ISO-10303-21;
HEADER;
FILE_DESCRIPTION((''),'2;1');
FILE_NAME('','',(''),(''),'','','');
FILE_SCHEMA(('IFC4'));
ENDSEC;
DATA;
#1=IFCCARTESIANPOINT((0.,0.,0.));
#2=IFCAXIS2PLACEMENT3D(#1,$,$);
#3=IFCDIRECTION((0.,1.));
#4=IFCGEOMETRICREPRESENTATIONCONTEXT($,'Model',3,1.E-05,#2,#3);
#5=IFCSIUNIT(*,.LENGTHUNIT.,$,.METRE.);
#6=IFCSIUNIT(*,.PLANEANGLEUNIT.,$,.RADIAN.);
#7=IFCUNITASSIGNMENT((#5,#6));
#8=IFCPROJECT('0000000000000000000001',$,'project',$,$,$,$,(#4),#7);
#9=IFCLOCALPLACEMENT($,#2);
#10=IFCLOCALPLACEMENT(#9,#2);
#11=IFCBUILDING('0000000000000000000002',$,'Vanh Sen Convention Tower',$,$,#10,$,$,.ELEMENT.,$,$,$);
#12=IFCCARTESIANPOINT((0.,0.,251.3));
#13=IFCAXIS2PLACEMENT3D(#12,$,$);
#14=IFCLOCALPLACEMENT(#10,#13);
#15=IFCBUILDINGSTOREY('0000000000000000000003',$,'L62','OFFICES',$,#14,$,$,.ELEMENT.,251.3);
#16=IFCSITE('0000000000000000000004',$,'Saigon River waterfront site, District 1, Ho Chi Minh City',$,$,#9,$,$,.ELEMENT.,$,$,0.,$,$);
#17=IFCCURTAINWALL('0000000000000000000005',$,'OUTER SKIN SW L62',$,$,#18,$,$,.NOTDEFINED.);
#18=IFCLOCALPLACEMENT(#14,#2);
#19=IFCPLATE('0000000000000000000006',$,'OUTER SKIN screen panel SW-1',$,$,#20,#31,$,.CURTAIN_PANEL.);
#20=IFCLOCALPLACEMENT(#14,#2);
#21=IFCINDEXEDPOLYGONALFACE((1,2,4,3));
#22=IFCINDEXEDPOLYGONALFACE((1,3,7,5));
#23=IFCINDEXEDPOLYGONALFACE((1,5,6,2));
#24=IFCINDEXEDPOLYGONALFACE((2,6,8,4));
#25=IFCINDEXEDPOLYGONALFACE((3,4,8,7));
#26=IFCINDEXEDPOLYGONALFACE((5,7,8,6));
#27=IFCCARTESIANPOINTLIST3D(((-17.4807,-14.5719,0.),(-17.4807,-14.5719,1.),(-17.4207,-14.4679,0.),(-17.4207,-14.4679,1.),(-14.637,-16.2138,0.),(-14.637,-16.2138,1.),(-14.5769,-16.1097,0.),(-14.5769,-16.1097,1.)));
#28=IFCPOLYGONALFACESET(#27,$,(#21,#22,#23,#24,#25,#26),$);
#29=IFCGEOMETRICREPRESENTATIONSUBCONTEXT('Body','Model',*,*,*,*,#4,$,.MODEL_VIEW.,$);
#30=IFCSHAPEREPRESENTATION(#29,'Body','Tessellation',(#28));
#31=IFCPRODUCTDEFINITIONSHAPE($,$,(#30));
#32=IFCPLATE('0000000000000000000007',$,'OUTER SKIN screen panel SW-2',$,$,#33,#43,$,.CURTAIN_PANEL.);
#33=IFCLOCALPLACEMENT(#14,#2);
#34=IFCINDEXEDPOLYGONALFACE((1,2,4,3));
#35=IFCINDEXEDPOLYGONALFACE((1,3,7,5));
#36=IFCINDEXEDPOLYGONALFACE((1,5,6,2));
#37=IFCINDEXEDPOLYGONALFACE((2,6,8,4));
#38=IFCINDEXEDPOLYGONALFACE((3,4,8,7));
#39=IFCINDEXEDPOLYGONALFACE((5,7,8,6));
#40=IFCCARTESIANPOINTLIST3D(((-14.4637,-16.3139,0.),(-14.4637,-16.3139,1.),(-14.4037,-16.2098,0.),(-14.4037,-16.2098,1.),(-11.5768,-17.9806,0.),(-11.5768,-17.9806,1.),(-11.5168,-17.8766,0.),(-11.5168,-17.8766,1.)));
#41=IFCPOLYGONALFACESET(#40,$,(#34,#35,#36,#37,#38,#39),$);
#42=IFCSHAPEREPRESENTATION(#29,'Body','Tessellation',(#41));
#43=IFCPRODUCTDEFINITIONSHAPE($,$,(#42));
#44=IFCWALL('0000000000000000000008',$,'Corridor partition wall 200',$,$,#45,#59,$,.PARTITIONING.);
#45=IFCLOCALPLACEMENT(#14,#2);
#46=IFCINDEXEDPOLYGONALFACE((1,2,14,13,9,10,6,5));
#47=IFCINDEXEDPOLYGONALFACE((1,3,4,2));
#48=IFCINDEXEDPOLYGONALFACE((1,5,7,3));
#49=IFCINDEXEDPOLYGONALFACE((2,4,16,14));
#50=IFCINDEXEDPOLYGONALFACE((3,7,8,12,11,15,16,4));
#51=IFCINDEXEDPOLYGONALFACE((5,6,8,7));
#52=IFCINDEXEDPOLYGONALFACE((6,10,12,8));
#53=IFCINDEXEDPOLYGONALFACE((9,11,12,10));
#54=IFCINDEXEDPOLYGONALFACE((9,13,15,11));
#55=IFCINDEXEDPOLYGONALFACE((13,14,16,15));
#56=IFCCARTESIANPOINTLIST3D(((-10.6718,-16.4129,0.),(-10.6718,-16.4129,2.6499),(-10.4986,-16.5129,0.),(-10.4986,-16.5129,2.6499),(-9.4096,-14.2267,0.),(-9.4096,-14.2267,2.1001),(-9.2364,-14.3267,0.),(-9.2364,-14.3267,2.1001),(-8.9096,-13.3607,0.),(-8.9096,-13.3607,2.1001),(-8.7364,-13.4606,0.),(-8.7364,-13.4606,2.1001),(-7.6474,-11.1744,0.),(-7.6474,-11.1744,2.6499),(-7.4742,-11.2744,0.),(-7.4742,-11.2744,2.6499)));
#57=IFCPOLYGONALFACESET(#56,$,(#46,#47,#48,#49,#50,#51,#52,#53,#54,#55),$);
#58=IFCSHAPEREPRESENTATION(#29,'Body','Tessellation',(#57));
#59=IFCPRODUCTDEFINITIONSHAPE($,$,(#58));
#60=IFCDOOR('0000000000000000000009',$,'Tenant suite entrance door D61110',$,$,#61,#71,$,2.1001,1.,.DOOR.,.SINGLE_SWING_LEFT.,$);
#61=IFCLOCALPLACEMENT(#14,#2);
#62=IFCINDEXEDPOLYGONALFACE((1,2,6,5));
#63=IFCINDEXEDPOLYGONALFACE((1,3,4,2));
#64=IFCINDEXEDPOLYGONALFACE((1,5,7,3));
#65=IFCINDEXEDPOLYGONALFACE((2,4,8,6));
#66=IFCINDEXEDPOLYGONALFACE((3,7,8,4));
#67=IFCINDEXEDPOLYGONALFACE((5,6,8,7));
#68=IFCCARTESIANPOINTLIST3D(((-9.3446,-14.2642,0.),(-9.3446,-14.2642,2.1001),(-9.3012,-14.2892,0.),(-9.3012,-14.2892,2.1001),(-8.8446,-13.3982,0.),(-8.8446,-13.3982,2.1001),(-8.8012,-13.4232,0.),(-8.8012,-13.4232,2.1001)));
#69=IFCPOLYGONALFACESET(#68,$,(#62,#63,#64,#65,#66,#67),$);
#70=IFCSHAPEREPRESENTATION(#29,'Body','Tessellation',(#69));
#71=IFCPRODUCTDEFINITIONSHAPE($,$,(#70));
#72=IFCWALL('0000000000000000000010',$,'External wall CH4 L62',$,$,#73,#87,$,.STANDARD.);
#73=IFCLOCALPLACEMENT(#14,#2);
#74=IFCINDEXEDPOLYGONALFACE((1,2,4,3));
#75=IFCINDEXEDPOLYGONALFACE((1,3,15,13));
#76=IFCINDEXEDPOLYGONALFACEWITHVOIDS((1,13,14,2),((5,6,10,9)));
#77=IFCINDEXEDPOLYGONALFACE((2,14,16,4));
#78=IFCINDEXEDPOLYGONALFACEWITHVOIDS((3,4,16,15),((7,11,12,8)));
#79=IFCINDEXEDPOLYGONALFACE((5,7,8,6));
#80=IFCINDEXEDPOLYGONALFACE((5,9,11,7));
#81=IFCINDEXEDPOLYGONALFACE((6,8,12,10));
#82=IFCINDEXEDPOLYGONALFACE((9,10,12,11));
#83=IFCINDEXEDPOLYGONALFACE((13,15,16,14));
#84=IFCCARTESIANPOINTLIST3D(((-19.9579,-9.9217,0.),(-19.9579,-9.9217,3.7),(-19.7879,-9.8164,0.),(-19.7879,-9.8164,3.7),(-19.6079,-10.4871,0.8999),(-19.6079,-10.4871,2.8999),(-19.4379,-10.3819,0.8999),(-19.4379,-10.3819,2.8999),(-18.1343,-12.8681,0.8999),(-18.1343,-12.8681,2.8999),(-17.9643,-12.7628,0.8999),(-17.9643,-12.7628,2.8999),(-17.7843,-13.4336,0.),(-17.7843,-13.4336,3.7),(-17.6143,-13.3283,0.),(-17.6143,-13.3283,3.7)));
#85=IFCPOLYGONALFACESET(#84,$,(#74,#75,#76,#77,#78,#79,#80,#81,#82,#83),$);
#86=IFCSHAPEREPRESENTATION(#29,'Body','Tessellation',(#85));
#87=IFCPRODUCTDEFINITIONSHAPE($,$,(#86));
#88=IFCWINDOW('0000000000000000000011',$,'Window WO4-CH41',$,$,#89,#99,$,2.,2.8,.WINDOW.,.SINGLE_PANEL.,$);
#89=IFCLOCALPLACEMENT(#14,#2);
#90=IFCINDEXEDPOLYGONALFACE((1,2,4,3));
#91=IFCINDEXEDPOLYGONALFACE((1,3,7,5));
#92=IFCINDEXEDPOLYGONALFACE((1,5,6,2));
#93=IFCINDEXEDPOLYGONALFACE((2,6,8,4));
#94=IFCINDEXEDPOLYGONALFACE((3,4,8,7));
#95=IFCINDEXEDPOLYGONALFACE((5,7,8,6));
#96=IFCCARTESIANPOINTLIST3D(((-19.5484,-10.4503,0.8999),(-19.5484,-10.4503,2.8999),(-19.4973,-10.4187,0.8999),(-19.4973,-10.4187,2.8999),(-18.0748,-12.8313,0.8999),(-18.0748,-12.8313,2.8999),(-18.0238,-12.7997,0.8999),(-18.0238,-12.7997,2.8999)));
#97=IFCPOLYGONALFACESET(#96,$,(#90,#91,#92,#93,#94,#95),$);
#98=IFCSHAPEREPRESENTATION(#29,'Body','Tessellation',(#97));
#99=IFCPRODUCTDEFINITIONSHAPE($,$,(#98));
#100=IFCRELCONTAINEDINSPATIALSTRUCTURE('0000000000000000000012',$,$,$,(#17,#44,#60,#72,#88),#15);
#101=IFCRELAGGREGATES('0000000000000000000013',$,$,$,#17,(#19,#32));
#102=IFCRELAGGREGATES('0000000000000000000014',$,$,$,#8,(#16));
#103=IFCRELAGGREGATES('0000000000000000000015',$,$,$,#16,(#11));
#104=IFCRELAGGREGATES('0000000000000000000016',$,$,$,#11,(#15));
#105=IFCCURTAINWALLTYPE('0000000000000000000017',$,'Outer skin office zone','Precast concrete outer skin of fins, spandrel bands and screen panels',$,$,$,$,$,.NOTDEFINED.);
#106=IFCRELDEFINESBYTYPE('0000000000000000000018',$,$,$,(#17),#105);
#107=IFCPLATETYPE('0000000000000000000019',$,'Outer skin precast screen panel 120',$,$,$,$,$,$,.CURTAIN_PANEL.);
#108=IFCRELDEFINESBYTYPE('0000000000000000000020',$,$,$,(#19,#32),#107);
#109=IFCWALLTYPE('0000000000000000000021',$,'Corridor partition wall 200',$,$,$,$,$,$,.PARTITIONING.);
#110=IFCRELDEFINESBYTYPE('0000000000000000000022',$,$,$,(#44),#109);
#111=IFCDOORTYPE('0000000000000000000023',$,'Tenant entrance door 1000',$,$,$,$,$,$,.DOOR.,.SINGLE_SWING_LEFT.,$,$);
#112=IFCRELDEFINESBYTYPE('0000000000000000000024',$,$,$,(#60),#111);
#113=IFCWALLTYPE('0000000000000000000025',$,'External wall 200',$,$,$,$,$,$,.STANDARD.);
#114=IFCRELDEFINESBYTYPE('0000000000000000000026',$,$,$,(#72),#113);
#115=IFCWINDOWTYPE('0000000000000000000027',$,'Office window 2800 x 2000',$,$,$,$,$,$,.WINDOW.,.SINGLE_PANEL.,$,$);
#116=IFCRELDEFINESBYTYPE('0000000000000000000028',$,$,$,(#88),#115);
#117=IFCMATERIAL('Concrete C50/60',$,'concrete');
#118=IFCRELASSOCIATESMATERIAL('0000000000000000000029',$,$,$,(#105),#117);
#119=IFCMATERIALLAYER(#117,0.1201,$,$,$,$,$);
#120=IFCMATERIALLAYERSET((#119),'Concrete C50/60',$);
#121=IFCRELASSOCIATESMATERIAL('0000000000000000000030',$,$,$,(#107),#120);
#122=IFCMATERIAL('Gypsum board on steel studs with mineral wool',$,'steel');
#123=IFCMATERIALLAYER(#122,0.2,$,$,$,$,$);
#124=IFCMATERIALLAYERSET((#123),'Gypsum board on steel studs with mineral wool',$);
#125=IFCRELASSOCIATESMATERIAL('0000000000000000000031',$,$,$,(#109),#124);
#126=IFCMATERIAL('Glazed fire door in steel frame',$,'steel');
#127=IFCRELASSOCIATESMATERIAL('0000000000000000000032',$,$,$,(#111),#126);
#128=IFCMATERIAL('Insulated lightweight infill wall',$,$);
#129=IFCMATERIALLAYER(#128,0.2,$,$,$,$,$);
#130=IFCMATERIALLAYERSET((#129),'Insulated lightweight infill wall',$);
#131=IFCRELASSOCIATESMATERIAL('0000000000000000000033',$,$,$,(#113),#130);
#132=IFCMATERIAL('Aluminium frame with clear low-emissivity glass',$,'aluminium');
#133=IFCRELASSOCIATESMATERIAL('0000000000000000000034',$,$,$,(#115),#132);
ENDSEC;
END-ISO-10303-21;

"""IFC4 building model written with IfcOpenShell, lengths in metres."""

from ifc_helpers import new_model, si_unit, direction, frame, frame_2d, origin, origin_2d, place, context, subcontext, project, spatial, rectangle, extrude, material, layer, layer_set, type_object, element, fill, aggregate, save


model = new_model("IFC4")

# Units and contexts
model_context = context("Model", 3, precision=1e-05, world=origin(), true_north=direction((0.0, 1.0)))
body_context = subcontext(model_context, "Body", "Model", "MODEL_VIEW")
ifc_project = project(units=[si_unit("LENGTHUNIT", "METRE"), si_unit("PLANEANGLEUNIT", "RADIAN")], contexts=[model_context])

# Site, building, storey
site_placement = place(None, origin())
site = spatial("IfcSite", under=ifc_project, at=site_placement, Name="Saigon River waterfront site, District 1, Ho Chi Minh City", CompositionType="ELEMENT", RefElevation=0.0)
building_placement = place(site_placement, origin())
building = spatial("IfcBuilding", under=site, at=building_placement, Name="Vanh Sen Convention Tower", CompositionType="ELEMENT")
storey_placement = place(building_placement, frame((0.0, 0.0, 251.3)))
storey = spatial("IfcBuildingStorey", under=building, at=storey_placement, Name="L62", Description="OFFICES", CompositionType="ELEMENT", Elevation=251.3)

# Curtain wall
ifc_material_1 = material(Name="Concrete C50/60", Category="concrete")
curtain_wall_type = type_object("IfcCurtainWallType", Name="Outer skin office zone", Description="Precast concrete outer skin of fins, spandrel bands and screen panels", PredefinedType="NOTDEFINED", material=ifc_material_1)
curtain_wall_1_placement = place(storey_placement, origin())
curtain_wall_1 = element("IfcCurtainWall", 1, at=curtain_wall_1_placement, inside=storey, type_object=curtain_wall_type, Name="OUTER SKIN SW L62", PredefinedType="NOTDEFINED")

# Shared definitions
ifc_layer_1 = layer(ifc_material_1, 0.1201)
ifc_layer_set_1 = layer_set([ifc_layer_1], Name="Concrete C50/60")
plate_type = type_object("IfcPlateType", Name="Outer skin precast screen panel 120", PredefinedType="CURTAIN_PANEL", material=ifc_layer_set_1)

# Plates
plate_1_placement = place(storey_placement, frame((-16.0288, -15.3408, 0.0), z_axis=(0.0, 0.0, 1.0), x_axis=(0.866026, -0.499998, 0.0)))
plate_1 = element("IfcPlate", 2, at=plate_1_placement, type_object=plate_type, Name="OUTER SKIN screen panel SW-1", PredefinedType="CURTAIN_PANEL", context=body_context, shape_type="SweptSolid", body=[
    extrude(rectangle(XDim=3.2837, YDim=0.1201, at=origin_2d()), origin(), (0.0, 0.0, 1.0), 1.0),
])
plate_2_placement = place(storey_placement, frame((-12.9902, -17.0952, 0.0), z_axis=(0.0, 0.0, 1.0), x_axis=(0.866026, -0.499998, 0.0)))
plate_2 = element("IfcPlate", 3, at=plate_2_placement, type_object=plate_type, Name="OUTER SKIN screen panel SW-2", PredefinedType="CURTAIN_PANEL", context=body_context, shape_type="SweptSolid", body=[
    extrude(rectangle(XDim=3.3335, YDim=0.1201, at=origin_2d()), origin(), (0.0, 0.0, 1.0), 1.0),
])
aggregate(curtain_wall_1, [plate_1, plate_2])

# Wall, opening, door
ifc_material_2 = material(Name="Gypsum board on steel studs with mineral wool", Category="steel")
ifc_layer_2 = layer(ifc_material_2, 0.2)
ifc_layer_set_2 = layer_set([ifc_layer_2], Name="Gypsum board on steel studs with mineral wool")
wall_type_1 = type_object("IfcWallType", Name="Corridor partition wall 200", PredefinedType="PARTITIONING", material=ifc_layer_set_2)
wall_1_placement = place(storey_placement, frame((-10.5852, -16.4629, 0.0), z_axis=(0.0, 0.0, 1.0), x_axis=(0.499994, 0.866029, 0.0)))
wall_1 = element("IfcWall", 4, at=wall_1_placement, inside=storey, type_object=wall_type_1, Name="Corridor partition wall 200", PredefinedType="PARTITIONING", context=body_context, shape_type="SweptSolid", body=[
    extrude(rectangle(XDim=6.0488, YDim=0.2, at=frame_2d((3.0244, 0.0))), origin(), (0.0, 0.0, 1.0), 2.6499),
])
opening_1_placement = place(wall_1_placement, frame((2.5244, 0.0, 0.0)))
opening_1 = element("IfcOpeningElement", 5, at=opening_1_placement, cuts=wall_1, PredefinedType="OPENING", context=body_context, shape_type="SweptSolid", body=[
    extrude(rectangle(XDim=1.0, YDim=2.1001, at=frame_2d((0.5, 1.05))), frame((0.0, 0.1099, 0.0), z_axis=(0.0, -1.0, 0.0), x_axis=(1.0, 0.0, 0.0)), (0.0, 0.0, 1.0), 0.22),
])
ifc_material_3 = material(Name="Glazed fire door in steel frame", Category="steel")
door_type = type_object("IfcDoorType", Name="Tenant entrance door 1000", OperationType="SINGLE_SWING_LEFT", PredefinedType="DOOR", material=ifc_material_3)
door_placement = place(opening_1_placement, origin())
door = element("IfcDoor", 6, at=door_placement, inside=storey, type_object=door_type, Name="Tenant suite entrance door D61110", OperationType="SINGLE_SWING_LEFT", OverallHeight=2.1001, OverallWidth=1.0, PredefinedType="DOOR", context=body_context, shape_type="SweptSolid", body=[
    extrude(rectangle(XDim=1.0, YDim=2.1001, at=frame_2d((0.5, 1.05))), frame((0.0, 0.0249, 0.0), z_axis=(0.0, -1.0, 0.0), x_axis=(1.0, 0.0, 0.0)), (0.0, 0.0, 1.0), 0.05),
])
fill(opening_1, door)

# Wall, opening, window
ifc_material_4 = material(Name="Insulated lightweight infill wall")
ifc_layer_3 = layer(ifc_material_4, 0.2)
ifc_layer_set_3 = layer_set([ifc_layer_3], Name="Insulated lightweight infill wall")
wall_type_2 = type_object("IfcWallType", Name="External wall 200", PredefinedType="STANDARD", material=ifc_layer_set_3)
wall_2_placement = place(storey_placement, frame((-19.8728, -9.8691, 0.0), z_axis=(0.0, 0.0, 1.0), x_axis=(0.526269, -0.850318, 0.0)))
wall_2 = element("IfcWall", 7, at=wall_2_placement, inside=storey, type_object=wall_type_2, Name="External wall CH4 L62", PredefinedType="STANDARD", context=body_context, shape_type="SweptSolid", body=[
    extrude(rectangle(XDim=4.1301, YDim=0.2, at=frame_2d((2.0649, 0.0))), origin(), (0.0, 0.0, 1.0), 3.7),
])
opening_2_placement = place(wall_2_placement, frame((0.665, 0.0, 0.8999)))
opening_2 = element("IfcOpeningElement", 8, at=opening_2_placement, cuts=wall_2, PredefinedType="OPENING", context=body_context, shape_type="SweptSolid", body=[
    extrude(rectangle(XDim=2.8, YDim=2.0, at=frame_2d((1.3999, 1.0))), frame((0.0, 0.1099, 0.0), z_axis=(0.0, -1.0, 0.0), x_axis=(1.0, 0.0, 0.0)), (0.0, 0.0, 1.0), 0.22),
])
ifc_material_5 = material(Name="Aluminium frame with clear low-emissivity glass", Category="aluminium")
window_type_1 = type_object("IfcWindowType", Name="Office window 2800 x 2000", PartitioningType="SINGLE_PANEL", PredefinedType="WINDOW", material=ifc_material_5)
window_1_placement = place(opening_2_placement, origin())
window_1 = element("IfcWindow", 9, at=window_1_placement, inside=storey, type_object=window_type_1, Name="Window WO4-CH41", OverallHeight=2.0, OverallWidth=2.8, PartitioningType="SINGLE_PANEL", PredefinedType="WINDOW", context=body_context, shape_type="SweptSolid", body=[
    extrude(rectangle(XDim=2.8, YDim=2.0, at=frame_2d((1.3999, 1.0))), frame((0.0, 0.03, 0.0), z_axis=(0.0, -1.0, 0.0), x_axis=(1.0, 0.0, 0.0)), (0.0, 0.0, 1.0), 0.0601),
])
fill(opening_2, window_1)

save(model, "model.ifc")
